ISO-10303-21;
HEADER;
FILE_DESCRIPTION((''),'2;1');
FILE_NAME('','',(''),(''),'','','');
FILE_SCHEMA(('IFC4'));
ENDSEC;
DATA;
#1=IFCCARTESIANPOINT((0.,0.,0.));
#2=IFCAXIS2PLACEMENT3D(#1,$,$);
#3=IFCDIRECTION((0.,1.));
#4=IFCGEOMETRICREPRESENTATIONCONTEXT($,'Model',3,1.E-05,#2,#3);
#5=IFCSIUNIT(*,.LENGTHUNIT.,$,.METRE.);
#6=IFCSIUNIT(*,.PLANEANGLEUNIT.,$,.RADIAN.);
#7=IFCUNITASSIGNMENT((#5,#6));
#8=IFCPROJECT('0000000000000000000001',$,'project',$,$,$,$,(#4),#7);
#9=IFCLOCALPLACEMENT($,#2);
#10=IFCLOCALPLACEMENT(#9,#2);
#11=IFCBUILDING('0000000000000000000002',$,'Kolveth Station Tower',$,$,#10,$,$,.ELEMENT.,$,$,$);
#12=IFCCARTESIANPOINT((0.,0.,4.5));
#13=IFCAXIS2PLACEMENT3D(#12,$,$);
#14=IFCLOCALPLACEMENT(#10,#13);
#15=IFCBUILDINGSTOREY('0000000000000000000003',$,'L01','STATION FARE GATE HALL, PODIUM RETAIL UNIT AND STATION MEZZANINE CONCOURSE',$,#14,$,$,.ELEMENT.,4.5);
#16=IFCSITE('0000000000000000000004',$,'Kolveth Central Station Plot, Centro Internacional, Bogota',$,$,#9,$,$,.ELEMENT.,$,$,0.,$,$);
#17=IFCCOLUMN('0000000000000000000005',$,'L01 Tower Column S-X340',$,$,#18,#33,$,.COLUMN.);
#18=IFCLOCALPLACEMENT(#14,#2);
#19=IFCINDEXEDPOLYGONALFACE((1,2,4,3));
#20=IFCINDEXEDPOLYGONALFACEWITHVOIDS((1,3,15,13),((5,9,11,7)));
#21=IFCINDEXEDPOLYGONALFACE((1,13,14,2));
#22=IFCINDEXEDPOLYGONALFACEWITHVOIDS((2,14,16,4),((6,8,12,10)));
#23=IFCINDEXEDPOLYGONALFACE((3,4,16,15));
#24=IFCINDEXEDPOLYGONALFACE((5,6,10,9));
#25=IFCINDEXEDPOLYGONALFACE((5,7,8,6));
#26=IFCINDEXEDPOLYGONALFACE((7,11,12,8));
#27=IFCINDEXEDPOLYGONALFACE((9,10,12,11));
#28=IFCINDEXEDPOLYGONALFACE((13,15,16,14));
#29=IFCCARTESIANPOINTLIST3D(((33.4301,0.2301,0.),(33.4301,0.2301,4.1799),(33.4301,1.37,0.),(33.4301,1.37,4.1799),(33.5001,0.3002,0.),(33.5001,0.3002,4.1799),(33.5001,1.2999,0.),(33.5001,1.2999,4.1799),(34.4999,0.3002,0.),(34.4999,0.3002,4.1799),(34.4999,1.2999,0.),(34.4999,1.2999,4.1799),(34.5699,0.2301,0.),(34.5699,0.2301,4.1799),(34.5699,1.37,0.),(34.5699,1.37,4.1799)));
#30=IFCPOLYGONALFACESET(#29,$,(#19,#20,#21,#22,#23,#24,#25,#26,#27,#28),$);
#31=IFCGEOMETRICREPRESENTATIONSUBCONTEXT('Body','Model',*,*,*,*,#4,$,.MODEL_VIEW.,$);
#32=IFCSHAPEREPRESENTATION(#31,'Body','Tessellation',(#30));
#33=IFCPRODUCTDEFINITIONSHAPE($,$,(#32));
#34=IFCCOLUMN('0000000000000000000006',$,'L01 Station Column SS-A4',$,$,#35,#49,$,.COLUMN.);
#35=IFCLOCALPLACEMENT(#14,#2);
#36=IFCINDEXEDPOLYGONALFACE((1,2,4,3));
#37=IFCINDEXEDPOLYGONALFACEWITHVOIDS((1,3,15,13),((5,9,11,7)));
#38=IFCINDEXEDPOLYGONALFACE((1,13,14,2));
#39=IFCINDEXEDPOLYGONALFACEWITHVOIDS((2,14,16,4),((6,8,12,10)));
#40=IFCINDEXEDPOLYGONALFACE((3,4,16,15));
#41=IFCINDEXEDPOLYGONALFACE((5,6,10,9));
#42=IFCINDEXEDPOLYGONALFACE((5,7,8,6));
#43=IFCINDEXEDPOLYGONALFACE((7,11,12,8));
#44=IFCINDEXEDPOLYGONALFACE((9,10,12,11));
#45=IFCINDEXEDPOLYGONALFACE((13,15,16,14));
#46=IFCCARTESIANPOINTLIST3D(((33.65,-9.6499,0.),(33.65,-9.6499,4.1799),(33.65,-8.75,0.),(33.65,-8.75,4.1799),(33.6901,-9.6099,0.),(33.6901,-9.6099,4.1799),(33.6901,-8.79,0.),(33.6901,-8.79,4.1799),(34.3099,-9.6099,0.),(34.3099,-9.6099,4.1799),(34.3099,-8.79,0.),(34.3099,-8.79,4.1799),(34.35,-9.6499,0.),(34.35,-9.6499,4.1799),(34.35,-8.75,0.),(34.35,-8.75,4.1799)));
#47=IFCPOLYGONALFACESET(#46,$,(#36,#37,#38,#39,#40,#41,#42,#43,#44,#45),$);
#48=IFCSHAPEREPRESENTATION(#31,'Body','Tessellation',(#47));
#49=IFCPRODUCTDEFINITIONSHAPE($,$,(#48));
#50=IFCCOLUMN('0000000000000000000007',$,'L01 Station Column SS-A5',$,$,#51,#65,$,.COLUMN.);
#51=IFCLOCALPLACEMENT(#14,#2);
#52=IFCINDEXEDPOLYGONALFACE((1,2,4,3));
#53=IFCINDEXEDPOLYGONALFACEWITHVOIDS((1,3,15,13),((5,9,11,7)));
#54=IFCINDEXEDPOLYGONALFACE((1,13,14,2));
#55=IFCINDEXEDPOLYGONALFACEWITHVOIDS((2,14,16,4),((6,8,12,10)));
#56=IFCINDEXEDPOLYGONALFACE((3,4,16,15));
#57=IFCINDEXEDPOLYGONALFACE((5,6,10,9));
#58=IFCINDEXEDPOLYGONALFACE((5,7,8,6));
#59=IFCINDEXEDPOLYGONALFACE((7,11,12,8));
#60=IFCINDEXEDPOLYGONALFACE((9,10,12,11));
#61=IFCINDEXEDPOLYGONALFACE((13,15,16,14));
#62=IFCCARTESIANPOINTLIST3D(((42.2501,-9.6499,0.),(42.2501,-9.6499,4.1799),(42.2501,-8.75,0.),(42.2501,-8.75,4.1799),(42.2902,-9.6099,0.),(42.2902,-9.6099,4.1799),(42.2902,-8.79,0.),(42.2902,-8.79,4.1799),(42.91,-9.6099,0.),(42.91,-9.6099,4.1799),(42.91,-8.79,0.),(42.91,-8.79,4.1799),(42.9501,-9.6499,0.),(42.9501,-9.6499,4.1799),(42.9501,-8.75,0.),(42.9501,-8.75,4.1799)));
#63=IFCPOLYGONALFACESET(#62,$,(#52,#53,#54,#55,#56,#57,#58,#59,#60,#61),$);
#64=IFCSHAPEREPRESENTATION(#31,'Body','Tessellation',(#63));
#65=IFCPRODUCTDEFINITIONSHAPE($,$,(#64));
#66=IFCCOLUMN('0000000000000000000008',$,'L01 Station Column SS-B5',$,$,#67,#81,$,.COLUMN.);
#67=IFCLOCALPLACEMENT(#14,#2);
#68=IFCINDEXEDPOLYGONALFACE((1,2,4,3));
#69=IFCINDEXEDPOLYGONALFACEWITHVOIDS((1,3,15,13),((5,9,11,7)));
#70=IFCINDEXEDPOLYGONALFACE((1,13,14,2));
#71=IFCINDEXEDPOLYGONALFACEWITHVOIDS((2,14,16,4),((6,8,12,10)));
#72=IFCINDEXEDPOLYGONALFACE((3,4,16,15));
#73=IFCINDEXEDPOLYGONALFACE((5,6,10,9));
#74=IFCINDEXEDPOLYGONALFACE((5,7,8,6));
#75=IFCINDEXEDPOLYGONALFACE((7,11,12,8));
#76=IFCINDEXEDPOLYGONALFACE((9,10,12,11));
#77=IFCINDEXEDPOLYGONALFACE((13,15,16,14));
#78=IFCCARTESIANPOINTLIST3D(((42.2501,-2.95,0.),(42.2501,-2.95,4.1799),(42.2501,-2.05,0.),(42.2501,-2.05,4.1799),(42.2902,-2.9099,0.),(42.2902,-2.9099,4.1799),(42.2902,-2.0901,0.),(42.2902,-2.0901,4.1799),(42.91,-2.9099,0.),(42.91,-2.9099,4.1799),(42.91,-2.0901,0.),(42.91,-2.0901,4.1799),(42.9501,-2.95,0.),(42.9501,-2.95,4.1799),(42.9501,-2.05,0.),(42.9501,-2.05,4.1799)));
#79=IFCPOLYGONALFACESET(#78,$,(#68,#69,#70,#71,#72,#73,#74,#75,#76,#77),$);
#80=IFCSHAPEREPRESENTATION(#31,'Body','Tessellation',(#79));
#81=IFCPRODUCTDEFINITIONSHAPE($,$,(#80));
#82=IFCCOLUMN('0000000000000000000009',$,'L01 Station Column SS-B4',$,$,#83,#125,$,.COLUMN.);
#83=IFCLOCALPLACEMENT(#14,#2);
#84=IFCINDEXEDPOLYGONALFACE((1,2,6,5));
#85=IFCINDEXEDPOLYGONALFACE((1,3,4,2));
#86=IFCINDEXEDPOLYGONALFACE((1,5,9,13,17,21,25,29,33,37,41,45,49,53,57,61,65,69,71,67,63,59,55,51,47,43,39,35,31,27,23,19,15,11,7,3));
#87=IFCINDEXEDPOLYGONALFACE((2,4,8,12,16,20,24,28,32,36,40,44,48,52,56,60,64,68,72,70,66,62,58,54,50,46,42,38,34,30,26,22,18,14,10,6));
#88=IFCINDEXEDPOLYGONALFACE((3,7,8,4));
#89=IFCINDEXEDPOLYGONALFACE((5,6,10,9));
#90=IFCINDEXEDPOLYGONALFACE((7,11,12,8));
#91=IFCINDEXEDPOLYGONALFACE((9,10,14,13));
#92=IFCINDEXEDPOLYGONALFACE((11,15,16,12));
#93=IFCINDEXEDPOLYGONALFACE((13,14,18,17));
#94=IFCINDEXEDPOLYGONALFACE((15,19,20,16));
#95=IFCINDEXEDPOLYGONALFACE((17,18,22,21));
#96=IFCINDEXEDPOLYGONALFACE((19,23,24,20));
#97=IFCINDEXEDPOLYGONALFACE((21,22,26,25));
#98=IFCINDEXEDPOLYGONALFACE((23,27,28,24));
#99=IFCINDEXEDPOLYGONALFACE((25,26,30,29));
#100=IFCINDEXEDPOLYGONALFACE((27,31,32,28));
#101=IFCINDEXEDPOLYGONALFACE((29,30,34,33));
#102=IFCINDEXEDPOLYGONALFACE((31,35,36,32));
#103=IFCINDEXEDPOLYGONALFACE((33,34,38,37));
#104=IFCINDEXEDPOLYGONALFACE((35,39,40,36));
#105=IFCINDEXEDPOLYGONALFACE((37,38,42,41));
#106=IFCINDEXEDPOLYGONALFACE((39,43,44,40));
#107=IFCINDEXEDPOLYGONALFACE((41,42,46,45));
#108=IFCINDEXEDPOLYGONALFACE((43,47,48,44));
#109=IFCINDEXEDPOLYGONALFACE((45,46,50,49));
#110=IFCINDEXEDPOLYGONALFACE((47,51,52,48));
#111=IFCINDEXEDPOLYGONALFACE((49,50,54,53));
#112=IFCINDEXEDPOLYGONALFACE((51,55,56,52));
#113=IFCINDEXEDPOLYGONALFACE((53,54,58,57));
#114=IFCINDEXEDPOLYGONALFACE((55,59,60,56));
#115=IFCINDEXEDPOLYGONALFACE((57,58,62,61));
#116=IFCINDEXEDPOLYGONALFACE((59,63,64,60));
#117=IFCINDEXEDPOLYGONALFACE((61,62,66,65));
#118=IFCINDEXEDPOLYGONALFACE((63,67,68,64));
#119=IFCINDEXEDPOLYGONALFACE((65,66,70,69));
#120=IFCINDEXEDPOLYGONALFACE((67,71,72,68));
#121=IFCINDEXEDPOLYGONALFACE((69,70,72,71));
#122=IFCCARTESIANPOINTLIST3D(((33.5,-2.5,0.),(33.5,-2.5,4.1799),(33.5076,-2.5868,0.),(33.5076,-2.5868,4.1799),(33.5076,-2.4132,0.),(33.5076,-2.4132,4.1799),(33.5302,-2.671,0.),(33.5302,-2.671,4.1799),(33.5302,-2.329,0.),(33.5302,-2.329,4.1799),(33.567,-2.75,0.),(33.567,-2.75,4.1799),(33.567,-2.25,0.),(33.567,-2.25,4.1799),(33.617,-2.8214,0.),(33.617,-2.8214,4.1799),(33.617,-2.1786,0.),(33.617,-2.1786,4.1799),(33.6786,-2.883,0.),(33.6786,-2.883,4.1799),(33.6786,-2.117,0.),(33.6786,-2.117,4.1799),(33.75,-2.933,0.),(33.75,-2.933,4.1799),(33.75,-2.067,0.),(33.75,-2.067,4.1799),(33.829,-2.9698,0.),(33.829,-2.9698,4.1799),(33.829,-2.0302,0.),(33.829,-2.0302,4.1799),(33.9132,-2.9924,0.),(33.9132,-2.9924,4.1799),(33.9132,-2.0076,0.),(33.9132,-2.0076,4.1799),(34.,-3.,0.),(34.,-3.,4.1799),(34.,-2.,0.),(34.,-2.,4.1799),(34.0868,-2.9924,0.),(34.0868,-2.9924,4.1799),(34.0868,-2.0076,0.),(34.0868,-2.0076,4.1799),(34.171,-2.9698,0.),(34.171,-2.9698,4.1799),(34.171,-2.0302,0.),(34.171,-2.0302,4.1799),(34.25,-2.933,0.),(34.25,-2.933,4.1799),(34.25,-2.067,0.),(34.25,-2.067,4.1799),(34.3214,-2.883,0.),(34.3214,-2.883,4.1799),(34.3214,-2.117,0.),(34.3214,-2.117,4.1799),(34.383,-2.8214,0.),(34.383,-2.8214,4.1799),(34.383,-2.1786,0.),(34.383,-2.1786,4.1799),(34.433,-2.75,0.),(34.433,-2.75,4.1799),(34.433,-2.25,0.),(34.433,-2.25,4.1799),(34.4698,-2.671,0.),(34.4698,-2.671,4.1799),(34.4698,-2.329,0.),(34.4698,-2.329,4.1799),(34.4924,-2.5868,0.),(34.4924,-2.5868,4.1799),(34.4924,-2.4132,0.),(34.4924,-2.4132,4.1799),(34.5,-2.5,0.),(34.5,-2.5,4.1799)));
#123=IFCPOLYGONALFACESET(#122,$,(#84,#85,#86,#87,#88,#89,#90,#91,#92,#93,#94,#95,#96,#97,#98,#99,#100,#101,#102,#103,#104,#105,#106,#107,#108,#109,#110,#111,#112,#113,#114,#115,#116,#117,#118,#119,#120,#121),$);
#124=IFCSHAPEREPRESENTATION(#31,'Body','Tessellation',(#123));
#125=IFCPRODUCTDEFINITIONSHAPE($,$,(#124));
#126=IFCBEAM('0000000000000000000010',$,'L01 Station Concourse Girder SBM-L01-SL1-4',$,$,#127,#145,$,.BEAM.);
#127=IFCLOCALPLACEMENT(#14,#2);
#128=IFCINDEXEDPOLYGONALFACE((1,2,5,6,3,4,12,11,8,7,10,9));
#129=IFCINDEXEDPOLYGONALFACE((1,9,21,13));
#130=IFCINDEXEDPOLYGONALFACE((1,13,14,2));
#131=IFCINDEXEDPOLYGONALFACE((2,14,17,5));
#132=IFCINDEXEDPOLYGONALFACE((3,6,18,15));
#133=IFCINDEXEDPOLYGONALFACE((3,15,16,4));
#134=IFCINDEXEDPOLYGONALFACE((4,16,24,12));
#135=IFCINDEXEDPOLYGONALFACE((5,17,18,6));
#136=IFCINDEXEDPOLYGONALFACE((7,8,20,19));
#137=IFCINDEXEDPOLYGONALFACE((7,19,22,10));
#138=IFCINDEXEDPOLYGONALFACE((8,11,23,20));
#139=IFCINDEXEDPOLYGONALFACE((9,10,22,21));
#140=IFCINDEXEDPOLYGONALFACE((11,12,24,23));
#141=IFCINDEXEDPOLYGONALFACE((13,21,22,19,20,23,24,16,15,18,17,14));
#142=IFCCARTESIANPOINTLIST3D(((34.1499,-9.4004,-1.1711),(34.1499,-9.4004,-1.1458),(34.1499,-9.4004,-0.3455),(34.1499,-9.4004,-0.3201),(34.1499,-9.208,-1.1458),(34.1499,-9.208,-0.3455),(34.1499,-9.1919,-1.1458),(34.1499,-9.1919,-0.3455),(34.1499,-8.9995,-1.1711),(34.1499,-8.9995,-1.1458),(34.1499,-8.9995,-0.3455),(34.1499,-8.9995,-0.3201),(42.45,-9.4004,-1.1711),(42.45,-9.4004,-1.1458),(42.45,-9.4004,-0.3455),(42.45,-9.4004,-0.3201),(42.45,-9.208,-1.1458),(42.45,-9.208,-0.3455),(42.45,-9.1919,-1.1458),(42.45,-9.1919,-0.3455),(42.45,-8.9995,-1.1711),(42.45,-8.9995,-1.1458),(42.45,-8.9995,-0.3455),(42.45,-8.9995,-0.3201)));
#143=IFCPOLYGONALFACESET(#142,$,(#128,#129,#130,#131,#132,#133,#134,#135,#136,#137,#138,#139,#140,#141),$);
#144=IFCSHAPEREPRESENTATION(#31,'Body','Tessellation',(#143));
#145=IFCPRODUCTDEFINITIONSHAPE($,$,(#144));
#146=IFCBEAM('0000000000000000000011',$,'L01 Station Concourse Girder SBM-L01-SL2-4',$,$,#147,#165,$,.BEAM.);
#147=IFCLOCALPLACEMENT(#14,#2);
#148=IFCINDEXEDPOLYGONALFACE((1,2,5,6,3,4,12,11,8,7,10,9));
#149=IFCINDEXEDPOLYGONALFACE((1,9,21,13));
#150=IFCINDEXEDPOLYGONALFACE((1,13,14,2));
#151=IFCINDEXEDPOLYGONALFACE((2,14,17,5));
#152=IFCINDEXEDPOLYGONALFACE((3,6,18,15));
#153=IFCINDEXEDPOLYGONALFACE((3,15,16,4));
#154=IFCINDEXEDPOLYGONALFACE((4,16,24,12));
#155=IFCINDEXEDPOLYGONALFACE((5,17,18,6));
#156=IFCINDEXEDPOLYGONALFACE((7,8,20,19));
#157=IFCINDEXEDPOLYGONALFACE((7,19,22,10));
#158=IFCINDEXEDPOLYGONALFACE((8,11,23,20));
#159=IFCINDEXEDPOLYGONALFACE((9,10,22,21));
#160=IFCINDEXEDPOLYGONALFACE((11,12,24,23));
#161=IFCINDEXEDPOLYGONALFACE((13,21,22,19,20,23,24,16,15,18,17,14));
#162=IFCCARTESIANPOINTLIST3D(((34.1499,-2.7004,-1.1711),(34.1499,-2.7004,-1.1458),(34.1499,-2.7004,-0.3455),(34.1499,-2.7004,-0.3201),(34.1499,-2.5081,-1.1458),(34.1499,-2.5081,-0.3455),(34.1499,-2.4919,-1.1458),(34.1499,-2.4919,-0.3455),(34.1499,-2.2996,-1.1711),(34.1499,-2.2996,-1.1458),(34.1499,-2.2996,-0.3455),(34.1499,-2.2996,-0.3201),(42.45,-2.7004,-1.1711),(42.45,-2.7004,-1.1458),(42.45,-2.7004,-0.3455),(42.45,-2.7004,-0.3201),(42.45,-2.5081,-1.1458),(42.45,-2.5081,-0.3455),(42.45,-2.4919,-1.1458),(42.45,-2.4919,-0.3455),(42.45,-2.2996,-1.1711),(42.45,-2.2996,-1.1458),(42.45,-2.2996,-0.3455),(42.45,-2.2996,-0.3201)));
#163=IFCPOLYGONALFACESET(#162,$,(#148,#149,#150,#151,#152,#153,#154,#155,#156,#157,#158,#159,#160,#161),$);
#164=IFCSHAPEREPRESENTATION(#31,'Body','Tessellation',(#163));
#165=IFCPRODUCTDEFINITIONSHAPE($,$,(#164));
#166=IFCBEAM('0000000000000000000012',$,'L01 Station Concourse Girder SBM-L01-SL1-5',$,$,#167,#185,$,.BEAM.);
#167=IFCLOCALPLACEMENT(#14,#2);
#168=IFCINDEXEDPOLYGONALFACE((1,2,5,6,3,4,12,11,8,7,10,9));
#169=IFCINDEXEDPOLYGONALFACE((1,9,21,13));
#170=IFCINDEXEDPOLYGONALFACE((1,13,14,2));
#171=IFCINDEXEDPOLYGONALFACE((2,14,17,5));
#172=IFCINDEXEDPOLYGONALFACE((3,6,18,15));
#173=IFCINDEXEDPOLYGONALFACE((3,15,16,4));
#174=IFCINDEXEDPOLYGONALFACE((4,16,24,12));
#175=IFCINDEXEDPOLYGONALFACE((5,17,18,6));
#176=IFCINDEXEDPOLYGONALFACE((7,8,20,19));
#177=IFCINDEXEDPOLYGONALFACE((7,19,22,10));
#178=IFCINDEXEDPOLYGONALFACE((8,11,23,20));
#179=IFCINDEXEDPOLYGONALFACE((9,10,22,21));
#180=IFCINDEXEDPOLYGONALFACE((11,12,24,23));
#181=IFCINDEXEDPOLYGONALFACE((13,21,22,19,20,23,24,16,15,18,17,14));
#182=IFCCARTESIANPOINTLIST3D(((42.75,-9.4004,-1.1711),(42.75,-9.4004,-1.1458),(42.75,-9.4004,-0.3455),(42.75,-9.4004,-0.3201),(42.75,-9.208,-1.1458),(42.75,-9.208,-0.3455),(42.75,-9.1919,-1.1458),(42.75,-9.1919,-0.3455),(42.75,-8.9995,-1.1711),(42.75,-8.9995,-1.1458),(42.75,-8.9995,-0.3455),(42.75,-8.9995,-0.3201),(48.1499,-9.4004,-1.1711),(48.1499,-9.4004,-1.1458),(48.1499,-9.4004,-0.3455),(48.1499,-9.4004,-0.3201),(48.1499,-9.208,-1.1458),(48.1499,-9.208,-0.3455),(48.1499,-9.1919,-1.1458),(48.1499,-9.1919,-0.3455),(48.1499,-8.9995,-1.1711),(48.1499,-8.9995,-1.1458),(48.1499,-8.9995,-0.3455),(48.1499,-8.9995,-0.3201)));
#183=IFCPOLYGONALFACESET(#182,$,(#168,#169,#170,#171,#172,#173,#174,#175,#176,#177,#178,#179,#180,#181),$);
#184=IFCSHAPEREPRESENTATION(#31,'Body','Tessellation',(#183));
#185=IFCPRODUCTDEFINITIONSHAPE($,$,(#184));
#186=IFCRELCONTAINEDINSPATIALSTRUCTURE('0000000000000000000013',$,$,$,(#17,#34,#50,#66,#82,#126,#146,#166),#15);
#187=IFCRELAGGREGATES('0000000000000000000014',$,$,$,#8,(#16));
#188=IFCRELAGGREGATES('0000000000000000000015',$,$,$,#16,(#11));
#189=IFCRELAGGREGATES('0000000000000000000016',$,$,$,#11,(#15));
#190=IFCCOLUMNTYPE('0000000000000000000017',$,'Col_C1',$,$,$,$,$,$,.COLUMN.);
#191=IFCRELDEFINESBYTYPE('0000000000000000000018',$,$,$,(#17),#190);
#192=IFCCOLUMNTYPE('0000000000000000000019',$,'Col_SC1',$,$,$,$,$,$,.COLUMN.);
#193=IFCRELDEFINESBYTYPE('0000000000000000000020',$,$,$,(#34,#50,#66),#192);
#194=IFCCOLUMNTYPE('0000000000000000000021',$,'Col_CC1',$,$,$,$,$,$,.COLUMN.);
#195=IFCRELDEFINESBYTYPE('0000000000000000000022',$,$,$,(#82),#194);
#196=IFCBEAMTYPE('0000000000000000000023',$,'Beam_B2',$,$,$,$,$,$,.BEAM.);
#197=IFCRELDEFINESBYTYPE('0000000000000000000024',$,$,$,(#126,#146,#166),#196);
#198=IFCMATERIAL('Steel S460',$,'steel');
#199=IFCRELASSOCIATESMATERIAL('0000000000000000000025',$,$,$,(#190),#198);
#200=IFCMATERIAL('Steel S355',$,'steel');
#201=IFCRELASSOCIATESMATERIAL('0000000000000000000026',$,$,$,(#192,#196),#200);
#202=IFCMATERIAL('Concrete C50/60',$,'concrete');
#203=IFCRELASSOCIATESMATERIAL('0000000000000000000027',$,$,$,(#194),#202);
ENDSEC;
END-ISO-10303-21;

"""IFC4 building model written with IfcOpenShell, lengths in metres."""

from ifc_helpers import new_model, si_unit, direction, frame, origin, origin_2d, place, context, subcontext, project, spatial, hollow_rectangle, circle, i_section, extrude, source, transform, mapped, material, material_profile, profile_set, type_object, element, save


model = new_model("IFC4")

# Units and contexts
model_context = context("Model", 3, precision=1e-05, world=origin(), true_north=direction((0.0, 1.0)))
body_context = subcontext(model_context, "Body", "Model", "MODEL_VIEW")
ifc_project = project(units=[si_unit("LENGTHUNIT", "METRE"), si_unit("PLANEANGLEUNIT", "RADIAN")], contexts=[model_context])

# Site, building, storey
site_placement = place(None, origin())
site = spatial("IfcSite", under=ifc_project, at=site_placement, Name="Kolveth Central Station Plot, Centro Internacional, Bogota", CompositionType="ELEMENT", RefElevation=0.0)
building_placement = place(site_placement, origin())
building = spatial("IfcBuilding", under=site, at=building_placement, Name="Kolveth Station Tower", CompositionType="ELEMENT")
storey_placement = place(building_placement, frame((0.0, 0.0, 4.5)))
storey = spatial("IfcBuildingStorey", under=building, at=storey_placement, Name="L01", Description="STATION FARE GATE HALL, PODIUM RETAIL UNIT AND STATION MEZZANINE CONCOURSE", CompositionType="ELEMENT", Elevation=4.5)

# Columns
ifc_material_1 = material(Name="Steel S460", Category="steel")
ifc_material_profile_1 = material_profile(ifc_material_1, hollow_rectangle(XDim=1.1399, YDim=1.1399, WallThickness=0.0701, at=origin_2d()), Name="BOX1140x1140x70")
ifc_profile_set_1 = profile_set([ifc_material_profile_1], Name="Steel S460")
column_type_1 = type_object("IfcColumnType", Name="Col_C1", PredefinedType="COLUMN", material=ifc_profile_set_1)
shared_shape_1 = source(origin(), body_context, "Body", "SweptSolid", [
    extrude(hollow_rectangle(XDim=1.1399, YDim=1.1399, WallThickness=0.0701, at=origin_2d()), origin(), (0.0, 0.0, 1.0), 4.1799),
])
column_1_placement = place(storey_placement, frame((34.0, 0.8, 0.0), z_axis=(0.0, 0.0, 1.0), x_axis=(1.0, 0.0, 0.0)))
element("IfcColumn", 1, at=column_1_placement, inside=storey, type_object=column_type_1, Name="L01 Tower Column S-X340", PredefinedType="COLUMN", context=body_context, shape_type="MappedRepresentation", body=[
    mapped(shared_shape_1, transform((0.0, 0.0, 0.0), x_axis=(1.0, 0.0, 0.0), y_axis=(0.0, 1.0, 0.0), z_axis=(0.0, 0.0, 1.0), scale=1.0)),
])
ifc_material_2 = material(Name="Steel S355", Category="steel")
ifc_material_profile_2 = material_profile(ifc_material_2, hollow_rectangle(XDim=0.7, YDim=0.8999, WallThickness=0.04, at=origin_2d()), Name="BOX900x700x40")
ifc_profile_set_2 = profile_set([ifc_material_profile_2], Name="Steel S355")
column_type_2 = type_object("IfcColumnType", Name="Col_SC1", PredefinedType="COLUMN", material=ifc_profile_set_2)
shared_shape_2 = source(origin(), body_context, "Body", "SweptSolid", [
    extrude(hollow_rectangle(XDim=0.7, YDim=0.8999, WallThickness=0.04, at=origin_2d()), origin(), (0.0, 0.0, 1.0), 4.1799),
])
for number, where, z_axis, x_axis, name in (
    (2, (34.0, -9.2, 0.0), (0.0, 0.0, 1.0), (1.0, 0.0, 0.0), "L01 Station Column SS-A4"),
    (3, (42.6001, -9.2, 0.0), (0.0, 0.0, 1.0), (1.0, 0.0, 0.0), "L01 Station Column SS-A5"),
    (4, (42.6001, -2.5, 0.0), (0.0, 0.0, 1.0), (1.0, 0.0, 0.0), "L01 Station Column SS-B5"),
):
    element("IfcColumn", number, at=place(storey_placement, frame(where, z_axis=z_axis, x_axis=x_axis)), inside=storey, type_object=column_type_2, Name=name, PredefinedType="COLUMN", context=body_context, shape_type="MappedRepresentation", body=[
        mapped(shared_shape_2, transform((0.0, 0.0, 0.0), x_axis=(1.0, 0.0, 0.0), y_axis=(0.0, 1.0, 0.0), z_axis=(0.0, 0.0, 1.0), scale=1.0)),
    ])
ifc_material_3 = material(Name="Concrete C50/60", Category="concrete")
ifc_material_profile_3 = material_profile(ifc_material_3, circle(Radius=0.5, at=origin_2d()), Name="RC-D1000")
ifc_profile_set_3 = profile_set([ifc_material_profile_3], Name="Concrete C50/60")
column_type_3 = type_object("IfcColumnType", Name="Col_CC1", PredefinedType="COLUMN", material=ifc_profile_set_3)
shared_shape_3 = source(origin(), body_context, "Body", "SweptSolid", [
    extrude(circle(Radius=0.5, at=origin_2d()), origin(), (0.0, 0.0, 1.0), 4.1799),
])
column_2_placement = place(storey_placement, frame((34.0, -2.5, 0.0), z_axis=(0.0, 0.0, 1.0), x_axis=(1.0, 0.0, 0.0)))
element("IfcColumn", 5, at=column_2_placement, inside=storey, type_object=column_type_3, Name="L01 Station Column SS-B4", PredefinedType="COLUMN", context=body_context, shape_type="MappedRepresentation", body=[
    mapped(shared_shape_3, transform((0.0, 0.0, 0.0), x_axis=(1.0, 0.0, 0.0), y_axis=(0.0, 1.0, 0.0), z_axis=(0.0, 0.0, 1.0), scale=1.0)),
])

# Beams
ifc_material_profile_4 = material_profile(ifc_material_2, i_section(OverallWidth=0.4009, OverallDepth=0.8511, WebThickness=0.0161, FlangeThickness=0.0254, at=origin_2d()), Name="W840x226")
ifc_profile_set_4 = profile_set([ifc_material_profile_4], Name="Steel S355")
beam_type_1 = type_object("IfcBeamType", Name="Beam_B2", PredefinedType="BEAM", material=ifc_profile_set_4)
shared_shape_4 = source(origin(), body_context, "Body", "SweptSolid", [
    extrude(i_section(OverallWidth=0.4009, OverallDepth=0.8511, WebThickness=0.0161, FlangeThickness=0.0254, at=origin_2d()), origin(), (0.0, 0.0, 1.0), 8.3),
])
for number, where, z_axis, x_axis, name in (
    (6, (34.1499, -9.2, -0.7456), (1.0, 0.0, 0.0), (0.0, 1.0, 0.0), "L01 Station Concourse Girder SBM-L01-SL1-4"),
    (7, (34.1499, -2.5, -0.7456), (1.0, 0.0, 0.0), (0.0, 1.0, 0.0), "L01 Station Concourse Girder SBM-L01-SL2-4"),
):
    element("IfcBeam", number, at=place(storey_placement, frame(where, z_axis=z_axis, x_axis=x_axis)), inside=storey, type_object=beam_type_1, Name=name, PredefinedType="BEAM", context=body_context, shape_type="MappedRepresentation", body=[
        mapped(shared_shape_4, transform((0.0, 0.0, 0.0), x_axis=(1.0, 0.0, 0.0), y_axis=(0.0, 1.0, 0.0), z_axis=(0.0, 0.0, 1.0), scale=1.0)),
    ])
shared_shape_5 = source(origin(), body_context, "Body", "SweptSolid", [
    extrude(i_section(OverallWidth=0.4009, OverallDepth=0.8511, WebThickness=0.0161, FlangeThickness=0.0254, at=origin_2d()), origin(), (0.0, 0.0, 1.0), 5.3999),
])
for number, where, z_axis, x_axis, name in (
    (8, (42.75, -9.2, -0.7456), (1.0, 0.0, 0.0), (0.0, 1.0, 0.0), "L01 Station Concourse Girder SBM-L01-SL1-5"),
):
    element("IfcBeam", number, at=place(storey_placement, frame(where, z_axis=z_axis, x_axis=x_axis)), inside=storey, type_object=beam_type_1, Name=name, PredefinedType="BEAM", context=body_context, shape_type="MappedRepresentation", body=[
        mapped(shared_shape_5, transform((0.0, 0.0, 0.0), x_axis=(1.0, 0.0, 0.0), y_axis=(0.0, 1.0, 0.0), z_axis=(0.0, 0.0, 1.0), scale=1.0)),
    ])

save(model, "model.ifc")
